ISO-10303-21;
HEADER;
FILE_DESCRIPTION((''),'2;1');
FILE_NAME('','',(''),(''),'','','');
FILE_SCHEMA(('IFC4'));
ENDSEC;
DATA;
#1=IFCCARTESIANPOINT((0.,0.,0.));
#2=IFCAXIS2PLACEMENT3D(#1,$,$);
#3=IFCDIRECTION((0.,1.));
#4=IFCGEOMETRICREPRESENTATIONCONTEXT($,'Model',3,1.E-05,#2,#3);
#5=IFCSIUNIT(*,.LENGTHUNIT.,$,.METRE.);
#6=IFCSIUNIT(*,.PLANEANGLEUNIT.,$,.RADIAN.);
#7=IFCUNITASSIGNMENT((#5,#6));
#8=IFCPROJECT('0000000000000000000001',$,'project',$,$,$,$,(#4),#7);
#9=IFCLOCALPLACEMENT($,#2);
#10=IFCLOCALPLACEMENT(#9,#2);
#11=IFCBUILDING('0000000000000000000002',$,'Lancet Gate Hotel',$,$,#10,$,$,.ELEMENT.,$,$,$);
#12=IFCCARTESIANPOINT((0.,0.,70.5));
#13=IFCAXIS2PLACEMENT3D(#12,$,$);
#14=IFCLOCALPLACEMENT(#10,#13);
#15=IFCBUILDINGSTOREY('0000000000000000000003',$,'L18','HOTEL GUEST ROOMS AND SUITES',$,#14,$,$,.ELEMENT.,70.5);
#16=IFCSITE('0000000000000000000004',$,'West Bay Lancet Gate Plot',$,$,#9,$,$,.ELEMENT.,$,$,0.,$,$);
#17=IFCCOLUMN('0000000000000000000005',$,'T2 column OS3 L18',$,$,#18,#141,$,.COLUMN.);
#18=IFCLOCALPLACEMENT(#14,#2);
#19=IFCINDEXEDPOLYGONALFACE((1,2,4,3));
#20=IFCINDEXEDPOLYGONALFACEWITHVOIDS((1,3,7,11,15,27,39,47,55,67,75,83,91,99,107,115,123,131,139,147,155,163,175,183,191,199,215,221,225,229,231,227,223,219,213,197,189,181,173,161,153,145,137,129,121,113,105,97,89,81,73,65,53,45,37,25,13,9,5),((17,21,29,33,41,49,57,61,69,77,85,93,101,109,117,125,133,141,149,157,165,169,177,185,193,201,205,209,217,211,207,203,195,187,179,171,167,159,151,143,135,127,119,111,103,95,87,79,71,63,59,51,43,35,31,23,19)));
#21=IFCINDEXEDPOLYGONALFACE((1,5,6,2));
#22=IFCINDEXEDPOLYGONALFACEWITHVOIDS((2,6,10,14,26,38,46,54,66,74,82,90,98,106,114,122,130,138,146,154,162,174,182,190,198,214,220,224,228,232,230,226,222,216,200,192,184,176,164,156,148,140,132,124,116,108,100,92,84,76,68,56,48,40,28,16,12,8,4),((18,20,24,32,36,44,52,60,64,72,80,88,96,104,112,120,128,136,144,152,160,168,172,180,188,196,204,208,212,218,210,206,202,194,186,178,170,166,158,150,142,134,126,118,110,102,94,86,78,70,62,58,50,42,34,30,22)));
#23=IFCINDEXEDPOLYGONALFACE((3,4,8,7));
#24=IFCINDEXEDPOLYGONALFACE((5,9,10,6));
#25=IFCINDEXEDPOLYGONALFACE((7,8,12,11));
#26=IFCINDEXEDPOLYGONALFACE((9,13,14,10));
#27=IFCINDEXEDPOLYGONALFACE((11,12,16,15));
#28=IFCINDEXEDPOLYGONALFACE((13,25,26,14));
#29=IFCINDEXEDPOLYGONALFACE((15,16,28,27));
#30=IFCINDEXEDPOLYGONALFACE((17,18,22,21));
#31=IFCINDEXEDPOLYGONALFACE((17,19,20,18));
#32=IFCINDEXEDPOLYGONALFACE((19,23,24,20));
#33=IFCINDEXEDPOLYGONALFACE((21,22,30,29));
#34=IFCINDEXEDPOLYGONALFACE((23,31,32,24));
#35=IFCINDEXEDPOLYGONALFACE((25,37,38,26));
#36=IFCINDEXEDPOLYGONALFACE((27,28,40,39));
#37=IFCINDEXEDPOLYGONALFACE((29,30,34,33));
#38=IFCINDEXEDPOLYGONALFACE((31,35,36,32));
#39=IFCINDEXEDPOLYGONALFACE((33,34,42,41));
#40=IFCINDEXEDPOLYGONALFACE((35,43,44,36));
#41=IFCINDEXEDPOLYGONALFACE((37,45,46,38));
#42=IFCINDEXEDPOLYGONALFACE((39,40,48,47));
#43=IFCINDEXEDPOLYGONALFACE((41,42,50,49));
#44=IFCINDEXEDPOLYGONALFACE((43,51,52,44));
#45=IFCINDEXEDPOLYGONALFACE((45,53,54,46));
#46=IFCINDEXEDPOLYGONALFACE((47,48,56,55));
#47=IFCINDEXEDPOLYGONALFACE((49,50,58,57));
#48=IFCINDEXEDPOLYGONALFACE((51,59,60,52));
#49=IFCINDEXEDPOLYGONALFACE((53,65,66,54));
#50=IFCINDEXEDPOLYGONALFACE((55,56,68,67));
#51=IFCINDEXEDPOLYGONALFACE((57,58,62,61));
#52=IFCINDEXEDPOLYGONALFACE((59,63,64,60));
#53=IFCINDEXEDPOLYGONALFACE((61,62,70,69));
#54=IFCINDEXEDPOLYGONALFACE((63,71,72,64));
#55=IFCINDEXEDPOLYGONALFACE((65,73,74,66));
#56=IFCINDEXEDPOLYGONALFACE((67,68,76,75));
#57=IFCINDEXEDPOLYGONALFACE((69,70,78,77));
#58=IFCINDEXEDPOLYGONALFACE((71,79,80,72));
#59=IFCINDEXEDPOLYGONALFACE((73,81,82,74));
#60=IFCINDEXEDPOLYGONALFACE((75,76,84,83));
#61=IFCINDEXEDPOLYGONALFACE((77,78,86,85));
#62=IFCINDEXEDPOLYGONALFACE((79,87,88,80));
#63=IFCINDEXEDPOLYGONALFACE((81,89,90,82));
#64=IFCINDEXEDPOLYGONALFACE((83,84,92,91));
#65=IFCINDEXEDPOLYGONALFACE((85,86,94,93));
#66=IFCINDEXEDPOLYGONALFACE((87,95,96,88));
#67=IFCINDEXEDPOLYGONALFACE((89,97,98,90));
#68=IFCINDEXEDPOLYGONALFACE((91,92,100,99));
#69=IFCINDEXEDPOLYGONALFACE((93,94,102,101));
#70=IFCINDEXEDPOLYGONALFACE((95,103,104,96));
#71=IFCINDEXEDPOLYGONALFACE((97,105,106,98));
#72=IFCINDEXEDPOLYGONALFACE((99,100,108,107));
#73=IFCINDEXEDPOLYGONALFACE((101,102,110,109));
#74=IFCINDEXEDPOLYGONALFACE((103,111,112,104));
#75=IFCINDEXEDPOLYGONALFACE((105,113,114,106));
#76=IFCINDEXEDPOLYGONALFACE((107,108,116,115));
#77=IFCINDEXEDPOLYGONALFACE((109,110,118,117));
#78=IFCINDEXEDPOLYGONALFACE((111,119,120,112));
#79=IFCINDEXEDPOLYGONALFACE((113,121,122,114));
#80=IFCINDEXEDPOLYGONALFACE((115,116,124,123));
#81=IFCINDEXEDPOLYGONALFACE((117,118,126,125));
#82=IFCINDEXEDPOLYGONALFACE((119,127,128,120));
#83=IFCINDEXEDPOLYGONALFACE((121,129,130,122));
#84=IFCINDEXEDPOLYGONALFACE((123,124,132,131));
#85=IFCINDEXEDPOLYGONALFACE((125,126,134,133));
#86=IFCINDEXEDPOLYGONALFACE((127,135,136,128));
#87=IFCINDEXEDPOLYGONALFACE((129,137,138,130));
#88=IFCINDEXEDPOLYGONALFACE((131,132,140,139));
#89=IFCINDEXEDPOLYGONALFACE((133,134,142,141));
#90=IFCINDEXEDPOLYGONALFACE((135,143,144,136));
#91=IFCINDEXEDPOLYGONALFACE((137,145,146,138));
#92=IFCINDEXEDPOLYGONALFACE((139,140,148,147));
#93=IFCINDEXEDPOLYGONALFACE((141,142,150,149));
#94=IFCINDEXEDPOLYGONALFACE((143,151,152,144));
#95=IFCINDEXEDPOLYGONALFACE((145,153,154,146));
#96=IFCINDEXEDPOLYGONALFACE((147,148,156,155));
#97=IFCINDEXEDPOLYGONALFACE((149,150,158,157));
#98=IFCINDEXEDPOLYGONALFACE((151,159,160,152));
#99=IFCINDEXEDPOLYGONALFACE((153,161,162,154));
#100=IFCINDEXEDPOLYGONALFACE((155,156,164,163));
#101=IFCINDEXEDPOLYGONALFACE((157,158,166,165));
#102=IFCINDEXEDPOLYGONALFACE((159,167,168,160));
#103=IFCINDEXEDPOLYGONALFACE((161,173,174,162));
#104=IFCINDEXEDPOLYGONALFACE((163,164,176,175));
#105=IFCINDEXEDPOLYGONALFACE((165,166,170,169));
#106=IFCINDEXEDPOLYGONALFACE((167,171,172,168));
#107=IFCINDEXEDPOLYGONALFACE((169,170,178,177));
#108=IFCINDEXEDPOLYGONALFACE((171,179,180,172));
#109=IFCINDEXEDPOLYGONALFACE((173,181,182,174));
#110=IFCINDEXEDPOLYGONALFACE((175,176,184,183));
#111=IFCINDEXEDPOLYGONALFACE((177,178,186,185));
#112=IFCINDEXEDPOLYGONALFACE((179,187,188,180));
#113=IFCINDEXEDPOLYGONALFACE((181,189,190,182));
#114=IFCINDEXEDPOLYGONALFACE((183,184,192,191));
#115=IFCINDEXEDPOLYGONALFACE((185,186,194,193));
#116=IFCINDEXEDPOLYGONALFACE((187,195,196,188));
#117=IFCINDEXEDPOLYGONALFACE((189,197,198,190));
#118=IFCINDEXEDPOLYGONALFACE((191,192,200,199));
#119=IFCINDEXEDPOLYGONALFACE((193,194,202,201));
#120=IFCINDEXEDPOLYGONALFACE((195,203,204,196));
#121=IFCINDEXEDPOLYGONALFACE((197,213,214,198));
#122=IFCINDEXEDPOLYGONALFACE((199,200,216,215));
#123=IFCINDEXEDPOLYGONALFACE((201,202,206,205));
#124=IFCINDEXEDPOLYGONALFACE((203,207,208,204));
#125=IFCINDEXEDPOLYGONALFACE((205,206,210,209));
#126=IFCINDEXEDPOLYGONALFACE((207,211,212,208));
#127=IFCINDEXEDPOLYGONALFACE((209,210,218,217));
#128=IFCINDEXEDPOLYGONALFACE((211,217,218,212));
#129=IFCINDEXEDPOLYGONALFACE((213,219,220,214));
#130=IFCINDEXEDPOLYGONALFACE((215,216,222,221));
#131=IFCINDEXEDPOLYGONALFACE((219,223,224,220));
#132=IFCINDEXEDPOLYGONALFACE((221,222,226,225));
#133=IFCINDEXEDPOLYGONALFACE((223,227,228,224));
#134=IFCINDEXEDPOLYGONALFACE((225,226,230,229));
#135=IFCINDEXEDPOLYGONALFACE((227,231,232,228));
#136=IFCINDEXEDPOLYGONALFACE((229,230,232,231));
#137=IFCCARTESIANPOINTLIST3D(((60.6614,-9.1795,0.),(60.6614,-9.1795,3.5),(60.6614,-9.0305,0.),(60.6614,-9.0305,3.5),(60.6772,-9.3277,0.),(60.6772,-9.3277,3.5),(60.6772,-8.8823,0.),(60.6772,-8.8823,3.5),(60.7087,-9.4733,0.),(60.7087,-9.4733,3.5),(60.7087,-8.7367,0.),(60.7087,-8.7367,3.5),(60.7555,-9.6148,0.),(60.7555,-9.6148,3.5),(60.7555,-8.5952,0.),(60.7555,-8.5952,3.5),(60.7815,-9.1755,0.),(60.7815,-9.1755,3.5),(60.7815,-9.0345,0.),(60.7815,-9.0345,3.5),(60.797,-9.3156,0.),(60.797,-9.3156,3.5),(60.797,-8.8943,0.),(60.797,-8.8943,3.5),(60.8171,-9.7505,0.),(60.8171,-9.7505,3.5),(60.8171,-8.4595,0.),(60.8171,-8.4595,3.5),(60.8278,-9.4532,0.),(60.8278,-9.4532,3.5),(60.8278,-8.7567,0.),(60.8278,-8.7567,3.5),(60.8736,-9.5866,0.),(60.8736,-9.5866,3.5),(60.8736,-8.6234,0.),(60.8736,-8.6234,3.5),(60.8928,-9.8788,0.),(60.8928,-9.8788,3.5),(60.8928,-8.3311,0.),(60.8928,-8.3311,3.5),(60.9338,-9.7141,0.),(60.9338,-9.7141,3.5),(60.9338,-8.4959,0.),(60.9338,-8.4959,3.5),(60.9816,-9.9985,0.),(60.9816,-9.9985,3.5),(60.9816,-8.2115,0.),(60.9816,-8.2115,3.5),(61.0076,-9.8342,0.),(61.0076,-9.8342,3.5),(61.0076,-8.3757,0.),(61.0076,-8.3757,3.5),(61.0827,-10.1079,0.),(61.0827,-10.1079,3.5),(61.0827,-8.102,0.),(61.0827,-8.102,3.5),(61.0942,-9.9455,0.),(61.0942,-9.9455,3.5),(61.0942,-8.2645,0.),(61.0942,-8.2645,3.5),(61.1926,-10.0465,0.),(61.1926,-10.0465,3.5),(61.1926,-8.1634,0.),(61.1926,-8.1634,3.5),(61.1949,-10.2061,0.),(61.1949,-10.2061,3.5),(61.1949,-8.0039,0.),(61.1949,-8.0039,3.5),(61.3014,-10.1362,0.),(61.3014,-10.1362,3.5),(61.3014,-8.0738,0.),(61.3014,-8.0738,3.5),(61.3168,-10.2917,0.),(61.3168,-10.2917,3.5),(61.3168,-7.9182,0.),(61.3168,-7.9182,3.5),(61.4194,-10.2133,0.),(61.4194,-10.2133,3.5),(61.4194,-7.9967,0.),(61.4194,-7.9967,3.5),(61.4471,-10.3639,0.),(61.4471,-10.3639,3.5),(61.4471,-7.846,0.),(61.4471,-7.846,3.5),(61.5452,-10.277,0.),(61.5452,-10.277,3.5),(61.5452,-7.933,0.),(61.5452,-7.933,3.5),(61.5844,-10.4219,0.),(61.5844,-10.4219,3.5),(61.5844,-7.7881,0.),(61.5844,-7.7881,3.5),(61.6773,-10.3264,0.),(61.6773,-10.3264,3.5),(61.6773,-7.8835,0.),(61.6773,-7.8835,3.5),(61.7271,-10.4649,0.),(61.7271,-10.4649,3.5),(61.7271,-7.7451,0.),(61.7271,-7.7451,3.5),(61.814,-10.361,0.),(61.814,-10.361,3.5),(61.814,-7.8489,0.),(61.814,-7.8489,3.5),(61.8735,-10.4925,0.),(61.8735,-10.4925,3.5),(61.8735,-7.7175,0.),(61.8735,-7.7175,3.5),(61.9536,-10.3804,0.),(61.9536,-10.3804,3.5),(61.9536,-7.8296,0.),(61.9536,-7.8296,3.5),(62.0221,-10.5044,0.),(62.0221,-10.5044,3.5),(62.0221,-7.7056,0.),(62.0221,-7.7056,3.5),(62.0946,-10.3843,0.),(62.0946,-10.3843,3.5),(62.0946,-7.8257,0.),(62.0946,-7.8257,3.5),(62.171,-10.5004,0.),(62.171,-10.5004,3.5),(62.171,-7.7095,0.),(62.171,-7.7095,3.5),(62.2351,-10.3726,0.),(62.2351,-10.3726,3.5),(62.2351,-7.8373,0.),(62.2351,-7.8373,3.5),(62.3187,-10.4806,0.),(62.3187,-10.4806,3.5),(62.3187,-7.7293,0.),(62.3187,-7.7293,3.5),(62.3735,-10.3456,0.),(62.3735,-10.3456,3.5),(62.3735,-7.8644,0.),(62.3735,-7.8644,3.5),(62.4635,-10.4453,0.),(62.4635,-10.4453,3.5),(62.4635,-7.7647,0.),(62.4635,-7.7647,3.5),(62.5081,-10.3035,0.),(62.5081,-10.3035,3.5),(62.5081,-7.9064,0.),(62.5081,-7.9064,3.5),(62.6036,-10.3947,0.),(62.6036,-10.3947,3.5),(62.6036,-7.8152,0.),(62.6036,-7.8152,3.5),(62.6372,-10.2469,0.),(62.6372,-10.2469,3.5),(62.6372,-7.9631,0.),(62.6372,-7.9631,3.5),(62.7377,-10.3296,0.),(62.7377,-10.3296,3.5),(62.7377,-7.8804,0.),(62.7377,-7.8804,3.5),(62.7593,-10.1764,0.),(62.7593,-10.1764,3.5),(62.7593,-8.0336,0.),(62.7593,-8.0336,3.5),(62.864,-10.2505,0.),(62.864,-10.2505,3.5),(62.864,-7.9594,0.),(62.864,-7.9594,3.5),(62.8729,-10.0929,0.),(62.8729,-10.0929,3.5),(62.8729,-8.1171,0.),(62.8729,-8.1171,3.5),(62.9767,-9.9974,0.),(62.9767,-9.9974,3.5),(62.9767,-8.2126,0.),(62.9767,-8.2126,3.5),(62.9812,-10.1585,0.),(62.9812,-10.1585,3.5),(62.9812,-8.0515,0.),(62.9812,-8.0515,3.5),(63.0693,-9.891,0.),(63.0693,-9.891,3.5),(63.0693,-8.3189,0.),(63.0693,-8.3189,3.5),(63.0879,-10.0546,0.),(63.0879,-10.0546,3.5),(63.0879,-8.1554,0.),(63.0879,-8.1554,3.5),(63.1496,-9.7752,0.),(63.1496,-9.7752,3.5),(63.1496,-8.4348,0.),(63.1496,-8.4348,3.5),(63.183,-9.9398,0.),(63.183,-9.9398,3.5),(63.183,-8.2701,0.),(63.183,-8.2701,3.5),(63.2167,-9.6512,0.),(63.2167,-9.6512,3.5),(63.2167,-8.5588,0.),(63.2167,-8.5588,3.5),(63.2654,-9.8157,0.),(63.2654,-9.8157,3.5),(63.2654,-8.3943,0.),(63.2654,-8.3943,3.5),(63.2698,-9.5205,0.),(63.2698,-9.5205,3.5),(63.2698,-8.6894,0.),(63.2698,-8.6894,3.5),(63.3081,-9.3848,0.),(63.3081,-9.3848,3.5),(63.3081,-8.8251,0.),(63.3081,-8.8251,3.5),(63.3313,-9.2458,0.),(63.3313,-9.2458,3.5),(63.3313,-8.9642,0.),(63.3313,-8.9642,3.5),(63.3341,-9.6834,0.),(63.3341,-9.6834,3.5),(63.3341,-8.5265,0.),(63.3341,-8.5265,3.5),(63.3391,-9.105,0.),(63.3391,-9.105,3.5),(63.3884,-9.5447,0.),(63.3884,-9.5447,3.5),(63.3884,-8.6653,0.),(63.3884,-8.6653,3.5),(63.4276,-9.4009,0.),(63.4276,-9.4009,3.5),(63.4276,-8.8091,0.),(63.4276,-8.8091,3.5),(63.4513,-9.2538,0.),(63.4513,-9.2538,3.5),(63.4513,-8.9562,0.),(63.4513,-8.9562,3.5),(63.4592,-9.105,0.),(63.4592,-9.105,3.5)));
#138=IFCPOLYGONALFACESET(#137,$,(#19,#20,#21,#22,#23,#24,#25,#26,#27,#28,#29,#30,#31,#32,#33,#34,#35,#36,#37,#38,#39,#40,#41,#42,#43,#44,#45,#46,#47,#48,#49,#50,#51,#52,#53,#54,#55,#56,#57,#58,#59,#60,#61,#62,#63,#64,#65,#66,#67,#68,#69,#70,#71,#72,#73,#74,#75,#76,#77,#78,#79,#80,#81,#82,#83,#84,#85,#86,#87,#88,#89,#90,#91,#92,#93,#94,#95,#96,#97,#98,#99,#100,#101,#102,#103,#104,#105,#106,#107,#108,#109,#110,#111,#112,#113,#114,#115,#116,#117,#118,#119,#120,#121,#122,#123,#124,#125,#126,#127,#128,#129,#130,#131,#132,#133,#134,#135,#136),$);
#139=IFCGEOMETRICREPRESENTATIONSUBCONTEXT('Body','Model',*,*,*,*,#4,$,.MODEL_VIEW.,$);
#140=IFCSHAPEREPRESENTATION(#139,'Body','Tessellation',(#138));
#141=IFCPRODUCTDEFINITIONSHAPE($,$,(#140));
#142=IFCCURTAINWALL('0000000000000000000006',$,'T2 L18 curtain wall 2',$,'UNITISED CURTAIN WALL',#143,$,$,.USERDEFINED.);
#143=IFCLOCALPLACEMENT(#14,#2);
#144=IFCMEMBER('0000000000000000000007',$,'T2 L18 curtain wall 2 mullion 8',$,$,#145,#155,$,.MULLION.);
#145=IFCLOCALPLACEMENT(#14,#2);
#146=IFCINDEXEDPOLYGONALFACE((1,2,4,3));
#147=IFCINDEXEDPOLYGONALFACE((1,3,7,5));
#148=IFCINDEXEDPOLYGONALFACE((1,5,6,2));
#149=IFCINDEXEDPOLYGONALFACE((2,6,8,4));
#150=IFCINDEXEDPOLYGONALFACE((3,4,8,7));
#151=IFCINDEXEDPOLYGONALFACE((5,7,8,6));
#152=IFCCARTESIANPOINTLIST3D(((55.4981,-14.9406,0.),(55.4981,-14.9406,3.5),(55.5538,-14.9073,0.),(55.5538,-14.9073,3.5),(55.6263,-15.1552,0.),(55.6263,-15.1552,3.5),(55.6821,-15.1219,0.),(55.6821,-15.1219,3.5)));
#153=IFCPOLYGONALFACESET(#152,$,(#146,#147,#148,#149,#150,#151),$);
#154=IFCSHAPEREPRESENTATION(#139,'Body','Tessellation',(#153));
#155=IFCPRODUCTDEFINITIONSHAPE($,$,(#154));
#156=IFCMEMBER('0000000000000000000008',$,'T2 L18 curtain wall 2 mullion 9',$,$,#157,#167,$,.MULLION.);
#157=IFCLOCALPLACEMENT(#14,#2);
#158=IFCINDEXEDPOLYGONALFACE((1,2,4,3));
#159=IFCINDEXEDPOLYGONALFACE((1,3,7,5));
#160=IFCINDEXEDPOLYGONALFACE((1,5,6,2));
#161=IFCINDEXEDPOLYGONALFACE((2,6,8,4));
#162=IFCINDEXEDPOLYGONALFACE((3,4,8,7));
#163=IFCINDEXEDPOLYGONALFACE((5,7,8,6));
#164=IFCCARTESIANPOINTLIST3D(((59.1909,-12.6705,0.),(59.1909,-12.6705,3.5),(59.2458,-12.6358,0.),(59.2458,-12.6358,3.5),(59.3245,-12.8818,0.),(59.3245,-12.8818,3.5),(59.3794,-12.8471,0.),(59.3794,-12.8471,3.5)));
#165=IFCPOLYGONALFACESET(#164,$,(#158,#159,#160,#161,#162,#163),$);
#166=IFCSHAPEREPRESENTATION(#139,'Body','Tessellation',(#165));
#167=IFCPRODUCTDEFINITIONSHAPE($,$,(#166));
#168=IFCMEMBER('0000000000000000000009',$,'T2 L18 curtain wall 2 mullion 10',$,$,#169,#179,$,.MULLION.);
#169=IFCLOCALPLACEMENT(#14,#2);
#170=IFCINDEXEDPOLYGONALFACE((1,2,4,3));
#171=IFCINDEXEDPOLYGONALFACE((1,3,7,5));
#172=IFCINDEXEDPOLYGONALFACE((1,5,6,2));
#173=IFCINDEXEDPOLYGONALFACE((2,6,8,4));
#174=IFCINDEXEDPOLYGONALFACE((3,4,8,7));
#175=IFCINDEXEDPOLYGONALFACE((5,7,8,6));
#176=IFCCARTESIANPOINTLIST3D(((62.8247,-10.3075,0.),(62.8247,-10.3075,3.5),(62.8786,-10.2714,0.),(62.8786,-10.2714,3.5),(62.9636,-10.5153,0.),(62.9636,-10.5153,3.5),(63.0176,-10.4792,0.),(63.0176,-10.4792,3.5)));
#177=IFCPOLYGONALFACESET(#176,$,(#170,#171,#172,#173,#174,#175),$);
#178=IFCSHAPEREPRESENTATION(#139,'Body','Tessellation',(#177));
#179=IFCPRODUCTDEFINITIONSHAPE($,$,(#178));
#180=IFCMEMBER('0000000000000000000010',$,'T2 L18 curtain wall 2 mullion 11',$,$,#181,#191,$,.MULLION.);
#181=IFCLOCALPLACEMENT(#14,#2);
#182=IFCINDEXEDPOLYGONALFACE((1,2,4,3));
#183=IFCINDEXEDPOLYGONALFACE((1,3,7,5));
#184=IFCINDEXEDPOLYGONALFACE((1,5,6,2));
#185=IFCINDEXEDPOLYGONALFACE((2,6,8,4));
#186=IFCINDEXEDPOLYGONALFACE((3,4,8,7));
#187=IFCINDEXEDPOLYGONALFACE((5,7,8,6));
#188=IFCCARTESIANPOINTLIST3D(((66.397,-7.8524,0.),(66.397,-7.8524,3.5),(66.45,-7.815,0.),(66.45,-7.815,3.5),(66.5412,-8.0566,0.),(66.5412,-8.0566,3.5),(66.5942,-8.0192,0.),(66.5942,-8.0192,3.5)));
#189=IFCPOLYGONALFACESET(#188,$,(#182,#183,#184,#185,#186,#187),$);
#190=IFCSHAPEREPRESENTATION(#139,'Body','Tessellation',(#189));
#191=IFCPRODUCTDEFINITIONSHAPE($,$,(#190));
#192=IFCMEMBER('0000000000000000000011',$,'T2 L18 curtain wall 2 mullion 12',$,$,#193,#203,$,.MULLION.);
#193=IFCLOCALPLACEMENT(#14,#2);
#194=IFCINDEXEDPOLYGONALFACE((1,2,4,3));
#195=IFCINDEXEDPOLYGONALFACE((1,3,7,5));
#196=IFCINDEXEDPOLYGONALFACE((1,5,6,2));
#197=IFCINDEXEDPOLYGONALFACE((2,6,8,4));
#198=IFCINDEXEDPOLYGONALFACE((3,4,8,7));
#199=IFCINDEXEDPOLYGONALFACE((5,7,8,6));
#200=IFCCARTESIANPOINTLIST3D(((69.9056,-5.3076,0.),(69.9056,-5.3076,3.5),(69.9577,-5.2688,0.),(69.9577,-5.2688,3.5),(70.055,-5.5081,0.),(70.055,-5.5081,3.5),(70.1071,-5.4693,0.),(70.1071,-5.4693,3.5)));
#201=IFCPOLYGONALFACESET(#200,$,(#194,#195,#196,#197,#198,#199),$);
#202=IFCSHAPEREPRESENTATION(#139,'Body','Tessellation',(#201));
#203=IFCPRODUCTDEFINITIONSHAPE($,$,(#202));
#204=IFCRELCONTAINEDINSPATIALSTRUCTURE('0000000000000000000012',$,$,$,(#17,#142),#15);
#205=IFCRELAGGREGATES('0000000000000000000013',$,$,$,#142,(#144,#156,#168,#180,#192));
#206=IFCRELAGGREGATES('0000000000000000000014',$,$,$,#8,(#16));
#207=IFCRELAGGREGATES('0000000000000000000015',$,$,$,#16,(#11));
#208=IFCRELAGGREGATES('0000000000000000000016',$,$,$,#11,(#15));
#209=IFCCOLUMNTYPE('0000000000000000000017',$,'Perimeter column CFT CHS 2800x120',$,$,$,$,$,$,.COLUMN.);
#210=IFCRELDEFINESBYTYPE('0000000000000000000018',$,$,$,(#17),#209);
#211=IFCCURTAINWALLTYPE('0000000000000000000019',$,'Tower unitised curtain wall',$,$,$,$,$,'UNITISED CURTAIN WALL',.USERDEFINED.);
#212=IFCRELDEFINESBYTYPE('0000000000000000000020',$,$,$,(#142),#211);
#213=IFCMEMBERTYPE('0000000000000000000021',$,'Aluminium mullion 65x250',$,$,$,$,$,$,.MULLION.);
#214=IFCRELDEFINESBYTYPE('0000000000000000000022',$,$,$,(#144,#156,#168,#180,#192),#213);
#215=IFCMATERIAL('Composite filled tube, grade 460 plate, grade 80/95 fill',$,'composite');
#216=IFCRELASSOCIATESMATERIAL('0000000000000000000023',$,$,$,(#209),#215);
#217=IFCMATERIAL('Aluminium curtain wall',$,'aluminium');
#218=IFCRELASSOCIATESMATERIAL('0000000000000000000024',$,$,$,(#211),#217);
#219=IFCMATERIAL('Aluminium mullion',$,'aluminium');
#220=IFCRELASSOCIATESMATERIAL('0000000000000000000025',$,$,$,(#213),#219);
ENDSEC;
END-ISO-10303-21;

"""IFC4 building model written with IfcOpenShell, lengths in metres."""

from ifc_helpers import new_model, si_unit, direction, frame, origin, origin_2d, place, context, subcontext, project, spatial, rectangle, hollow_circle, extrude, material, material_profile, profile_set, type_object, element, aggregate, save


model = new_model("IFC4")

# Units and contexts
model_context = context("Model", 3, precision=1e-05, world=origin(), true_north=direction((0.0, 1.0)))
body_context = subcontext(model_context, "Body", "Model", "MODEL_VIEW")
ifc_project = project(units=[si_unit("LENGTHUNIT", "METRE"), si_unit("PLANEANGLEUNIT", "RADIAN")], contexts=[model_context])

# Site, building, storey
site_placement = place(None, origin())
site = spatial("IfcSite", under=ifc_project, at=site_placement, Name="West Bay Lancet Gate Plot", CompositionType="ELEMENT", RefElevation=0.0)
building_placement = place(site_placement, origin())
building = spatial("IfcBuilding", under=site, at=building_placement, Name="Lancet Gate Hotel", CompositionType="ELEMENT")
storey_placement = place(building_placement, frame((0.0, 0.0, 70.5)))
storey = spatial("IfcBuildingStorey", under=building, at=storey_placement, Name="L18", Description="HOTEL GUEST ROOMS AND SUITES", CompositionType="ELEMENT", Elevation=70.5)

# Column
ifc_material_1 = material(Name="Composite filled tube, grade 460 plate, grade 80/95 fill", Category="composite")
ifc_material_profile_1 = material_profile(ifc_material_1, hollow_circle(Radius=1.3999, WallThickness=0.1201, at=origin_2d()), Name="CHS 2800x120")
ifc_profile_set_1 = profile_set([ifc_material_profile_1], Name="Composite filled tube, grade 460 plate, grade 80/95 fill")
column_type_1 = type_object("IfcColumnType", Name="Perimeter column CFT CHS 2800x120", PredefinedType="COLUMN", material=ifc_profile_set_1)
for number, where, z_axis, x_axis, name in (
    (1, (62.0593, -9.105, 0.0), (0.0, 0.0, 1.0), (1.0, 0.0, 0.0), "T2 column OS3 L18"),
):
    element("IfcColumn", number, at=place(storey_placement, frame(where, z_axis=z_axis, x_axis=x_axis)), inside=storey, type_object=column_type_1, Name=name, PredefinedType="COLUMN", context=body_context, shape_type="SweptSolid", body=[
        extrude(hollow_circle(Radius=1.3999, WallThickness=0.1201, at=origin_2d()), origin(), (0.0, 0.0, 1.0), 3.5),
    ])

# Curtain wall, members
ifc_material_2 = material(Name="Aluminium curtain wall", Category="aluminium")
curtain_wall_type = type_object("IfcCurtainWallType", Name="Tower unitised curtain wall", ElementType="UNITISED CURTAIN WALL", PredefinedType="USERDEFINED", material=ifc_material_2)
curtain_wall_placement = place(storey_placement, origin())
curtain_wall = element("IfcCurtainWall", 2, at=curtain_wall_placement, inside=storey, type_object=curtain_wall_type, Name="T2 L18 curtain wall 2", ObjectType="UNITISED CURTAIN WALL", PredefinedType="USERDEFINED")
ifc_material_3 = material(Name="Aluminium mullion", Category="aluminium")
ifc_material_profile_2 = material_profile(ifc_material_3, rectangle(XDim=0.0649, YDim=0.25, at=origin_2d()), Name="MULLION 65x250")
ifc_profile_set_2 = profile_set([ifc_material_profile_2], Name="Aluminium mullion")
member_type_1 = type_object("IfcMemberType", Name="Aluminium mullion 65x250", PredefinedType="MULLION", material=ifc_profile_set_2)
member_1_placement = place(storey_placement, frame((55.5901, -15.0312, 0.0), z_axis=(0.0, 0.0, 1.0), x_axis=(0.858413, 0.512959, 0.0)))
member_1 = element("IfcMember", 3, at=member_1_placement, type_object=member_type_1, Name="T2 L18 curtain wall 2 mullion 8", PredefinedType="MULLION", context=body_context, shape_type="SweptSolid", body=[
    extrude(rectangle(XDim=0.0649, YDim=0.25, at=origin_2d()), origin(), (0.0, 0.0, 1.0), 3.5),
])
member_2_placement = place(storey_placement, frame((59.2852, -12.7588, 0.0), z_axis=(0.0, 0.0, 1.0), x_axis=(0.845079, 0.534641, 0.0)))
member_2 = element("IfcMember", 4, at=member_2_placement, type_object=member_type_1, Name="T2 L18 curtain wall 2 mullion 9", PredefinedType="MULLION", context=body_context, shape_type="SweptSolid", body=[
    extrude(rectangle(XDim=0.0649, YDim=0.25, at=origin_2d()), origin(), (0.0, 0.0, 1.0), 3.5),
])
member_3_placement = place(storey_placement, frame((62.9211, -10.3933, 0.0), z_axis=(0.0, 0.0, 1.0), x_axis=(0.831198, 0.555976, 0.0)))
member_3 = element("IfcMember", 5, at=member_3_placement, type_object=member_type_1, Name="T2 L18 curtain wall 2 mullion 10", PredefinedType="MULLION", context=body_context, shape_type="SweptSolid", body=[
    extrude(rectangle(XDim=0.0649, YDim=0.25, at=origin_2d()), origin(), (0.0, 0.0, 1.0), 3.5),
])
member_4_placement = place(storey_placement, frame((66.4956, -7.9358, 0.0), z_axis=(0.0, 0.0, 1.0), x_axis=(0.816779, 0.576951, 0.0)))
member_4 = element("IfcMember", 6, at=member_4_placement, type_object=member_type_1, Name="T2 L18 curtain wall 2 mullion 11", PredefinedType="MULLION", context=body_context, shape_type="SweptSolid", body=[
    extrude(rectangle(XDim=0.0649, YDim=0.25, at=origin_2d()), origin(), (0.0, 0.0, 1.0), 3.5),
])
member_5_placement = place(storey_placement, frame((70.0063, -5.3884, 0.0), z_axis=(0.0, 0.0, 1.0), x_axis=(0.80183, 0.597552, 0.0)))
member_5 = element("IfcMember", 7, at=member_5_placement, type_object=member_type_1, Name="T2 L18 curtain wall 2 mullion 12", PredefinedType="MULLION", context=body_context, shape_type="SweptSolid", body=[
    extrude(rectangle(XDim=0.0649, YDim=0.25, at=origin_2d()), origin(), (0.0, 0.0, 1.0), 3.5),
])

aggregate(curtain_wall, [member_1, member_2, member_3, member_4, member_5])

save(model, "model.ifc")
